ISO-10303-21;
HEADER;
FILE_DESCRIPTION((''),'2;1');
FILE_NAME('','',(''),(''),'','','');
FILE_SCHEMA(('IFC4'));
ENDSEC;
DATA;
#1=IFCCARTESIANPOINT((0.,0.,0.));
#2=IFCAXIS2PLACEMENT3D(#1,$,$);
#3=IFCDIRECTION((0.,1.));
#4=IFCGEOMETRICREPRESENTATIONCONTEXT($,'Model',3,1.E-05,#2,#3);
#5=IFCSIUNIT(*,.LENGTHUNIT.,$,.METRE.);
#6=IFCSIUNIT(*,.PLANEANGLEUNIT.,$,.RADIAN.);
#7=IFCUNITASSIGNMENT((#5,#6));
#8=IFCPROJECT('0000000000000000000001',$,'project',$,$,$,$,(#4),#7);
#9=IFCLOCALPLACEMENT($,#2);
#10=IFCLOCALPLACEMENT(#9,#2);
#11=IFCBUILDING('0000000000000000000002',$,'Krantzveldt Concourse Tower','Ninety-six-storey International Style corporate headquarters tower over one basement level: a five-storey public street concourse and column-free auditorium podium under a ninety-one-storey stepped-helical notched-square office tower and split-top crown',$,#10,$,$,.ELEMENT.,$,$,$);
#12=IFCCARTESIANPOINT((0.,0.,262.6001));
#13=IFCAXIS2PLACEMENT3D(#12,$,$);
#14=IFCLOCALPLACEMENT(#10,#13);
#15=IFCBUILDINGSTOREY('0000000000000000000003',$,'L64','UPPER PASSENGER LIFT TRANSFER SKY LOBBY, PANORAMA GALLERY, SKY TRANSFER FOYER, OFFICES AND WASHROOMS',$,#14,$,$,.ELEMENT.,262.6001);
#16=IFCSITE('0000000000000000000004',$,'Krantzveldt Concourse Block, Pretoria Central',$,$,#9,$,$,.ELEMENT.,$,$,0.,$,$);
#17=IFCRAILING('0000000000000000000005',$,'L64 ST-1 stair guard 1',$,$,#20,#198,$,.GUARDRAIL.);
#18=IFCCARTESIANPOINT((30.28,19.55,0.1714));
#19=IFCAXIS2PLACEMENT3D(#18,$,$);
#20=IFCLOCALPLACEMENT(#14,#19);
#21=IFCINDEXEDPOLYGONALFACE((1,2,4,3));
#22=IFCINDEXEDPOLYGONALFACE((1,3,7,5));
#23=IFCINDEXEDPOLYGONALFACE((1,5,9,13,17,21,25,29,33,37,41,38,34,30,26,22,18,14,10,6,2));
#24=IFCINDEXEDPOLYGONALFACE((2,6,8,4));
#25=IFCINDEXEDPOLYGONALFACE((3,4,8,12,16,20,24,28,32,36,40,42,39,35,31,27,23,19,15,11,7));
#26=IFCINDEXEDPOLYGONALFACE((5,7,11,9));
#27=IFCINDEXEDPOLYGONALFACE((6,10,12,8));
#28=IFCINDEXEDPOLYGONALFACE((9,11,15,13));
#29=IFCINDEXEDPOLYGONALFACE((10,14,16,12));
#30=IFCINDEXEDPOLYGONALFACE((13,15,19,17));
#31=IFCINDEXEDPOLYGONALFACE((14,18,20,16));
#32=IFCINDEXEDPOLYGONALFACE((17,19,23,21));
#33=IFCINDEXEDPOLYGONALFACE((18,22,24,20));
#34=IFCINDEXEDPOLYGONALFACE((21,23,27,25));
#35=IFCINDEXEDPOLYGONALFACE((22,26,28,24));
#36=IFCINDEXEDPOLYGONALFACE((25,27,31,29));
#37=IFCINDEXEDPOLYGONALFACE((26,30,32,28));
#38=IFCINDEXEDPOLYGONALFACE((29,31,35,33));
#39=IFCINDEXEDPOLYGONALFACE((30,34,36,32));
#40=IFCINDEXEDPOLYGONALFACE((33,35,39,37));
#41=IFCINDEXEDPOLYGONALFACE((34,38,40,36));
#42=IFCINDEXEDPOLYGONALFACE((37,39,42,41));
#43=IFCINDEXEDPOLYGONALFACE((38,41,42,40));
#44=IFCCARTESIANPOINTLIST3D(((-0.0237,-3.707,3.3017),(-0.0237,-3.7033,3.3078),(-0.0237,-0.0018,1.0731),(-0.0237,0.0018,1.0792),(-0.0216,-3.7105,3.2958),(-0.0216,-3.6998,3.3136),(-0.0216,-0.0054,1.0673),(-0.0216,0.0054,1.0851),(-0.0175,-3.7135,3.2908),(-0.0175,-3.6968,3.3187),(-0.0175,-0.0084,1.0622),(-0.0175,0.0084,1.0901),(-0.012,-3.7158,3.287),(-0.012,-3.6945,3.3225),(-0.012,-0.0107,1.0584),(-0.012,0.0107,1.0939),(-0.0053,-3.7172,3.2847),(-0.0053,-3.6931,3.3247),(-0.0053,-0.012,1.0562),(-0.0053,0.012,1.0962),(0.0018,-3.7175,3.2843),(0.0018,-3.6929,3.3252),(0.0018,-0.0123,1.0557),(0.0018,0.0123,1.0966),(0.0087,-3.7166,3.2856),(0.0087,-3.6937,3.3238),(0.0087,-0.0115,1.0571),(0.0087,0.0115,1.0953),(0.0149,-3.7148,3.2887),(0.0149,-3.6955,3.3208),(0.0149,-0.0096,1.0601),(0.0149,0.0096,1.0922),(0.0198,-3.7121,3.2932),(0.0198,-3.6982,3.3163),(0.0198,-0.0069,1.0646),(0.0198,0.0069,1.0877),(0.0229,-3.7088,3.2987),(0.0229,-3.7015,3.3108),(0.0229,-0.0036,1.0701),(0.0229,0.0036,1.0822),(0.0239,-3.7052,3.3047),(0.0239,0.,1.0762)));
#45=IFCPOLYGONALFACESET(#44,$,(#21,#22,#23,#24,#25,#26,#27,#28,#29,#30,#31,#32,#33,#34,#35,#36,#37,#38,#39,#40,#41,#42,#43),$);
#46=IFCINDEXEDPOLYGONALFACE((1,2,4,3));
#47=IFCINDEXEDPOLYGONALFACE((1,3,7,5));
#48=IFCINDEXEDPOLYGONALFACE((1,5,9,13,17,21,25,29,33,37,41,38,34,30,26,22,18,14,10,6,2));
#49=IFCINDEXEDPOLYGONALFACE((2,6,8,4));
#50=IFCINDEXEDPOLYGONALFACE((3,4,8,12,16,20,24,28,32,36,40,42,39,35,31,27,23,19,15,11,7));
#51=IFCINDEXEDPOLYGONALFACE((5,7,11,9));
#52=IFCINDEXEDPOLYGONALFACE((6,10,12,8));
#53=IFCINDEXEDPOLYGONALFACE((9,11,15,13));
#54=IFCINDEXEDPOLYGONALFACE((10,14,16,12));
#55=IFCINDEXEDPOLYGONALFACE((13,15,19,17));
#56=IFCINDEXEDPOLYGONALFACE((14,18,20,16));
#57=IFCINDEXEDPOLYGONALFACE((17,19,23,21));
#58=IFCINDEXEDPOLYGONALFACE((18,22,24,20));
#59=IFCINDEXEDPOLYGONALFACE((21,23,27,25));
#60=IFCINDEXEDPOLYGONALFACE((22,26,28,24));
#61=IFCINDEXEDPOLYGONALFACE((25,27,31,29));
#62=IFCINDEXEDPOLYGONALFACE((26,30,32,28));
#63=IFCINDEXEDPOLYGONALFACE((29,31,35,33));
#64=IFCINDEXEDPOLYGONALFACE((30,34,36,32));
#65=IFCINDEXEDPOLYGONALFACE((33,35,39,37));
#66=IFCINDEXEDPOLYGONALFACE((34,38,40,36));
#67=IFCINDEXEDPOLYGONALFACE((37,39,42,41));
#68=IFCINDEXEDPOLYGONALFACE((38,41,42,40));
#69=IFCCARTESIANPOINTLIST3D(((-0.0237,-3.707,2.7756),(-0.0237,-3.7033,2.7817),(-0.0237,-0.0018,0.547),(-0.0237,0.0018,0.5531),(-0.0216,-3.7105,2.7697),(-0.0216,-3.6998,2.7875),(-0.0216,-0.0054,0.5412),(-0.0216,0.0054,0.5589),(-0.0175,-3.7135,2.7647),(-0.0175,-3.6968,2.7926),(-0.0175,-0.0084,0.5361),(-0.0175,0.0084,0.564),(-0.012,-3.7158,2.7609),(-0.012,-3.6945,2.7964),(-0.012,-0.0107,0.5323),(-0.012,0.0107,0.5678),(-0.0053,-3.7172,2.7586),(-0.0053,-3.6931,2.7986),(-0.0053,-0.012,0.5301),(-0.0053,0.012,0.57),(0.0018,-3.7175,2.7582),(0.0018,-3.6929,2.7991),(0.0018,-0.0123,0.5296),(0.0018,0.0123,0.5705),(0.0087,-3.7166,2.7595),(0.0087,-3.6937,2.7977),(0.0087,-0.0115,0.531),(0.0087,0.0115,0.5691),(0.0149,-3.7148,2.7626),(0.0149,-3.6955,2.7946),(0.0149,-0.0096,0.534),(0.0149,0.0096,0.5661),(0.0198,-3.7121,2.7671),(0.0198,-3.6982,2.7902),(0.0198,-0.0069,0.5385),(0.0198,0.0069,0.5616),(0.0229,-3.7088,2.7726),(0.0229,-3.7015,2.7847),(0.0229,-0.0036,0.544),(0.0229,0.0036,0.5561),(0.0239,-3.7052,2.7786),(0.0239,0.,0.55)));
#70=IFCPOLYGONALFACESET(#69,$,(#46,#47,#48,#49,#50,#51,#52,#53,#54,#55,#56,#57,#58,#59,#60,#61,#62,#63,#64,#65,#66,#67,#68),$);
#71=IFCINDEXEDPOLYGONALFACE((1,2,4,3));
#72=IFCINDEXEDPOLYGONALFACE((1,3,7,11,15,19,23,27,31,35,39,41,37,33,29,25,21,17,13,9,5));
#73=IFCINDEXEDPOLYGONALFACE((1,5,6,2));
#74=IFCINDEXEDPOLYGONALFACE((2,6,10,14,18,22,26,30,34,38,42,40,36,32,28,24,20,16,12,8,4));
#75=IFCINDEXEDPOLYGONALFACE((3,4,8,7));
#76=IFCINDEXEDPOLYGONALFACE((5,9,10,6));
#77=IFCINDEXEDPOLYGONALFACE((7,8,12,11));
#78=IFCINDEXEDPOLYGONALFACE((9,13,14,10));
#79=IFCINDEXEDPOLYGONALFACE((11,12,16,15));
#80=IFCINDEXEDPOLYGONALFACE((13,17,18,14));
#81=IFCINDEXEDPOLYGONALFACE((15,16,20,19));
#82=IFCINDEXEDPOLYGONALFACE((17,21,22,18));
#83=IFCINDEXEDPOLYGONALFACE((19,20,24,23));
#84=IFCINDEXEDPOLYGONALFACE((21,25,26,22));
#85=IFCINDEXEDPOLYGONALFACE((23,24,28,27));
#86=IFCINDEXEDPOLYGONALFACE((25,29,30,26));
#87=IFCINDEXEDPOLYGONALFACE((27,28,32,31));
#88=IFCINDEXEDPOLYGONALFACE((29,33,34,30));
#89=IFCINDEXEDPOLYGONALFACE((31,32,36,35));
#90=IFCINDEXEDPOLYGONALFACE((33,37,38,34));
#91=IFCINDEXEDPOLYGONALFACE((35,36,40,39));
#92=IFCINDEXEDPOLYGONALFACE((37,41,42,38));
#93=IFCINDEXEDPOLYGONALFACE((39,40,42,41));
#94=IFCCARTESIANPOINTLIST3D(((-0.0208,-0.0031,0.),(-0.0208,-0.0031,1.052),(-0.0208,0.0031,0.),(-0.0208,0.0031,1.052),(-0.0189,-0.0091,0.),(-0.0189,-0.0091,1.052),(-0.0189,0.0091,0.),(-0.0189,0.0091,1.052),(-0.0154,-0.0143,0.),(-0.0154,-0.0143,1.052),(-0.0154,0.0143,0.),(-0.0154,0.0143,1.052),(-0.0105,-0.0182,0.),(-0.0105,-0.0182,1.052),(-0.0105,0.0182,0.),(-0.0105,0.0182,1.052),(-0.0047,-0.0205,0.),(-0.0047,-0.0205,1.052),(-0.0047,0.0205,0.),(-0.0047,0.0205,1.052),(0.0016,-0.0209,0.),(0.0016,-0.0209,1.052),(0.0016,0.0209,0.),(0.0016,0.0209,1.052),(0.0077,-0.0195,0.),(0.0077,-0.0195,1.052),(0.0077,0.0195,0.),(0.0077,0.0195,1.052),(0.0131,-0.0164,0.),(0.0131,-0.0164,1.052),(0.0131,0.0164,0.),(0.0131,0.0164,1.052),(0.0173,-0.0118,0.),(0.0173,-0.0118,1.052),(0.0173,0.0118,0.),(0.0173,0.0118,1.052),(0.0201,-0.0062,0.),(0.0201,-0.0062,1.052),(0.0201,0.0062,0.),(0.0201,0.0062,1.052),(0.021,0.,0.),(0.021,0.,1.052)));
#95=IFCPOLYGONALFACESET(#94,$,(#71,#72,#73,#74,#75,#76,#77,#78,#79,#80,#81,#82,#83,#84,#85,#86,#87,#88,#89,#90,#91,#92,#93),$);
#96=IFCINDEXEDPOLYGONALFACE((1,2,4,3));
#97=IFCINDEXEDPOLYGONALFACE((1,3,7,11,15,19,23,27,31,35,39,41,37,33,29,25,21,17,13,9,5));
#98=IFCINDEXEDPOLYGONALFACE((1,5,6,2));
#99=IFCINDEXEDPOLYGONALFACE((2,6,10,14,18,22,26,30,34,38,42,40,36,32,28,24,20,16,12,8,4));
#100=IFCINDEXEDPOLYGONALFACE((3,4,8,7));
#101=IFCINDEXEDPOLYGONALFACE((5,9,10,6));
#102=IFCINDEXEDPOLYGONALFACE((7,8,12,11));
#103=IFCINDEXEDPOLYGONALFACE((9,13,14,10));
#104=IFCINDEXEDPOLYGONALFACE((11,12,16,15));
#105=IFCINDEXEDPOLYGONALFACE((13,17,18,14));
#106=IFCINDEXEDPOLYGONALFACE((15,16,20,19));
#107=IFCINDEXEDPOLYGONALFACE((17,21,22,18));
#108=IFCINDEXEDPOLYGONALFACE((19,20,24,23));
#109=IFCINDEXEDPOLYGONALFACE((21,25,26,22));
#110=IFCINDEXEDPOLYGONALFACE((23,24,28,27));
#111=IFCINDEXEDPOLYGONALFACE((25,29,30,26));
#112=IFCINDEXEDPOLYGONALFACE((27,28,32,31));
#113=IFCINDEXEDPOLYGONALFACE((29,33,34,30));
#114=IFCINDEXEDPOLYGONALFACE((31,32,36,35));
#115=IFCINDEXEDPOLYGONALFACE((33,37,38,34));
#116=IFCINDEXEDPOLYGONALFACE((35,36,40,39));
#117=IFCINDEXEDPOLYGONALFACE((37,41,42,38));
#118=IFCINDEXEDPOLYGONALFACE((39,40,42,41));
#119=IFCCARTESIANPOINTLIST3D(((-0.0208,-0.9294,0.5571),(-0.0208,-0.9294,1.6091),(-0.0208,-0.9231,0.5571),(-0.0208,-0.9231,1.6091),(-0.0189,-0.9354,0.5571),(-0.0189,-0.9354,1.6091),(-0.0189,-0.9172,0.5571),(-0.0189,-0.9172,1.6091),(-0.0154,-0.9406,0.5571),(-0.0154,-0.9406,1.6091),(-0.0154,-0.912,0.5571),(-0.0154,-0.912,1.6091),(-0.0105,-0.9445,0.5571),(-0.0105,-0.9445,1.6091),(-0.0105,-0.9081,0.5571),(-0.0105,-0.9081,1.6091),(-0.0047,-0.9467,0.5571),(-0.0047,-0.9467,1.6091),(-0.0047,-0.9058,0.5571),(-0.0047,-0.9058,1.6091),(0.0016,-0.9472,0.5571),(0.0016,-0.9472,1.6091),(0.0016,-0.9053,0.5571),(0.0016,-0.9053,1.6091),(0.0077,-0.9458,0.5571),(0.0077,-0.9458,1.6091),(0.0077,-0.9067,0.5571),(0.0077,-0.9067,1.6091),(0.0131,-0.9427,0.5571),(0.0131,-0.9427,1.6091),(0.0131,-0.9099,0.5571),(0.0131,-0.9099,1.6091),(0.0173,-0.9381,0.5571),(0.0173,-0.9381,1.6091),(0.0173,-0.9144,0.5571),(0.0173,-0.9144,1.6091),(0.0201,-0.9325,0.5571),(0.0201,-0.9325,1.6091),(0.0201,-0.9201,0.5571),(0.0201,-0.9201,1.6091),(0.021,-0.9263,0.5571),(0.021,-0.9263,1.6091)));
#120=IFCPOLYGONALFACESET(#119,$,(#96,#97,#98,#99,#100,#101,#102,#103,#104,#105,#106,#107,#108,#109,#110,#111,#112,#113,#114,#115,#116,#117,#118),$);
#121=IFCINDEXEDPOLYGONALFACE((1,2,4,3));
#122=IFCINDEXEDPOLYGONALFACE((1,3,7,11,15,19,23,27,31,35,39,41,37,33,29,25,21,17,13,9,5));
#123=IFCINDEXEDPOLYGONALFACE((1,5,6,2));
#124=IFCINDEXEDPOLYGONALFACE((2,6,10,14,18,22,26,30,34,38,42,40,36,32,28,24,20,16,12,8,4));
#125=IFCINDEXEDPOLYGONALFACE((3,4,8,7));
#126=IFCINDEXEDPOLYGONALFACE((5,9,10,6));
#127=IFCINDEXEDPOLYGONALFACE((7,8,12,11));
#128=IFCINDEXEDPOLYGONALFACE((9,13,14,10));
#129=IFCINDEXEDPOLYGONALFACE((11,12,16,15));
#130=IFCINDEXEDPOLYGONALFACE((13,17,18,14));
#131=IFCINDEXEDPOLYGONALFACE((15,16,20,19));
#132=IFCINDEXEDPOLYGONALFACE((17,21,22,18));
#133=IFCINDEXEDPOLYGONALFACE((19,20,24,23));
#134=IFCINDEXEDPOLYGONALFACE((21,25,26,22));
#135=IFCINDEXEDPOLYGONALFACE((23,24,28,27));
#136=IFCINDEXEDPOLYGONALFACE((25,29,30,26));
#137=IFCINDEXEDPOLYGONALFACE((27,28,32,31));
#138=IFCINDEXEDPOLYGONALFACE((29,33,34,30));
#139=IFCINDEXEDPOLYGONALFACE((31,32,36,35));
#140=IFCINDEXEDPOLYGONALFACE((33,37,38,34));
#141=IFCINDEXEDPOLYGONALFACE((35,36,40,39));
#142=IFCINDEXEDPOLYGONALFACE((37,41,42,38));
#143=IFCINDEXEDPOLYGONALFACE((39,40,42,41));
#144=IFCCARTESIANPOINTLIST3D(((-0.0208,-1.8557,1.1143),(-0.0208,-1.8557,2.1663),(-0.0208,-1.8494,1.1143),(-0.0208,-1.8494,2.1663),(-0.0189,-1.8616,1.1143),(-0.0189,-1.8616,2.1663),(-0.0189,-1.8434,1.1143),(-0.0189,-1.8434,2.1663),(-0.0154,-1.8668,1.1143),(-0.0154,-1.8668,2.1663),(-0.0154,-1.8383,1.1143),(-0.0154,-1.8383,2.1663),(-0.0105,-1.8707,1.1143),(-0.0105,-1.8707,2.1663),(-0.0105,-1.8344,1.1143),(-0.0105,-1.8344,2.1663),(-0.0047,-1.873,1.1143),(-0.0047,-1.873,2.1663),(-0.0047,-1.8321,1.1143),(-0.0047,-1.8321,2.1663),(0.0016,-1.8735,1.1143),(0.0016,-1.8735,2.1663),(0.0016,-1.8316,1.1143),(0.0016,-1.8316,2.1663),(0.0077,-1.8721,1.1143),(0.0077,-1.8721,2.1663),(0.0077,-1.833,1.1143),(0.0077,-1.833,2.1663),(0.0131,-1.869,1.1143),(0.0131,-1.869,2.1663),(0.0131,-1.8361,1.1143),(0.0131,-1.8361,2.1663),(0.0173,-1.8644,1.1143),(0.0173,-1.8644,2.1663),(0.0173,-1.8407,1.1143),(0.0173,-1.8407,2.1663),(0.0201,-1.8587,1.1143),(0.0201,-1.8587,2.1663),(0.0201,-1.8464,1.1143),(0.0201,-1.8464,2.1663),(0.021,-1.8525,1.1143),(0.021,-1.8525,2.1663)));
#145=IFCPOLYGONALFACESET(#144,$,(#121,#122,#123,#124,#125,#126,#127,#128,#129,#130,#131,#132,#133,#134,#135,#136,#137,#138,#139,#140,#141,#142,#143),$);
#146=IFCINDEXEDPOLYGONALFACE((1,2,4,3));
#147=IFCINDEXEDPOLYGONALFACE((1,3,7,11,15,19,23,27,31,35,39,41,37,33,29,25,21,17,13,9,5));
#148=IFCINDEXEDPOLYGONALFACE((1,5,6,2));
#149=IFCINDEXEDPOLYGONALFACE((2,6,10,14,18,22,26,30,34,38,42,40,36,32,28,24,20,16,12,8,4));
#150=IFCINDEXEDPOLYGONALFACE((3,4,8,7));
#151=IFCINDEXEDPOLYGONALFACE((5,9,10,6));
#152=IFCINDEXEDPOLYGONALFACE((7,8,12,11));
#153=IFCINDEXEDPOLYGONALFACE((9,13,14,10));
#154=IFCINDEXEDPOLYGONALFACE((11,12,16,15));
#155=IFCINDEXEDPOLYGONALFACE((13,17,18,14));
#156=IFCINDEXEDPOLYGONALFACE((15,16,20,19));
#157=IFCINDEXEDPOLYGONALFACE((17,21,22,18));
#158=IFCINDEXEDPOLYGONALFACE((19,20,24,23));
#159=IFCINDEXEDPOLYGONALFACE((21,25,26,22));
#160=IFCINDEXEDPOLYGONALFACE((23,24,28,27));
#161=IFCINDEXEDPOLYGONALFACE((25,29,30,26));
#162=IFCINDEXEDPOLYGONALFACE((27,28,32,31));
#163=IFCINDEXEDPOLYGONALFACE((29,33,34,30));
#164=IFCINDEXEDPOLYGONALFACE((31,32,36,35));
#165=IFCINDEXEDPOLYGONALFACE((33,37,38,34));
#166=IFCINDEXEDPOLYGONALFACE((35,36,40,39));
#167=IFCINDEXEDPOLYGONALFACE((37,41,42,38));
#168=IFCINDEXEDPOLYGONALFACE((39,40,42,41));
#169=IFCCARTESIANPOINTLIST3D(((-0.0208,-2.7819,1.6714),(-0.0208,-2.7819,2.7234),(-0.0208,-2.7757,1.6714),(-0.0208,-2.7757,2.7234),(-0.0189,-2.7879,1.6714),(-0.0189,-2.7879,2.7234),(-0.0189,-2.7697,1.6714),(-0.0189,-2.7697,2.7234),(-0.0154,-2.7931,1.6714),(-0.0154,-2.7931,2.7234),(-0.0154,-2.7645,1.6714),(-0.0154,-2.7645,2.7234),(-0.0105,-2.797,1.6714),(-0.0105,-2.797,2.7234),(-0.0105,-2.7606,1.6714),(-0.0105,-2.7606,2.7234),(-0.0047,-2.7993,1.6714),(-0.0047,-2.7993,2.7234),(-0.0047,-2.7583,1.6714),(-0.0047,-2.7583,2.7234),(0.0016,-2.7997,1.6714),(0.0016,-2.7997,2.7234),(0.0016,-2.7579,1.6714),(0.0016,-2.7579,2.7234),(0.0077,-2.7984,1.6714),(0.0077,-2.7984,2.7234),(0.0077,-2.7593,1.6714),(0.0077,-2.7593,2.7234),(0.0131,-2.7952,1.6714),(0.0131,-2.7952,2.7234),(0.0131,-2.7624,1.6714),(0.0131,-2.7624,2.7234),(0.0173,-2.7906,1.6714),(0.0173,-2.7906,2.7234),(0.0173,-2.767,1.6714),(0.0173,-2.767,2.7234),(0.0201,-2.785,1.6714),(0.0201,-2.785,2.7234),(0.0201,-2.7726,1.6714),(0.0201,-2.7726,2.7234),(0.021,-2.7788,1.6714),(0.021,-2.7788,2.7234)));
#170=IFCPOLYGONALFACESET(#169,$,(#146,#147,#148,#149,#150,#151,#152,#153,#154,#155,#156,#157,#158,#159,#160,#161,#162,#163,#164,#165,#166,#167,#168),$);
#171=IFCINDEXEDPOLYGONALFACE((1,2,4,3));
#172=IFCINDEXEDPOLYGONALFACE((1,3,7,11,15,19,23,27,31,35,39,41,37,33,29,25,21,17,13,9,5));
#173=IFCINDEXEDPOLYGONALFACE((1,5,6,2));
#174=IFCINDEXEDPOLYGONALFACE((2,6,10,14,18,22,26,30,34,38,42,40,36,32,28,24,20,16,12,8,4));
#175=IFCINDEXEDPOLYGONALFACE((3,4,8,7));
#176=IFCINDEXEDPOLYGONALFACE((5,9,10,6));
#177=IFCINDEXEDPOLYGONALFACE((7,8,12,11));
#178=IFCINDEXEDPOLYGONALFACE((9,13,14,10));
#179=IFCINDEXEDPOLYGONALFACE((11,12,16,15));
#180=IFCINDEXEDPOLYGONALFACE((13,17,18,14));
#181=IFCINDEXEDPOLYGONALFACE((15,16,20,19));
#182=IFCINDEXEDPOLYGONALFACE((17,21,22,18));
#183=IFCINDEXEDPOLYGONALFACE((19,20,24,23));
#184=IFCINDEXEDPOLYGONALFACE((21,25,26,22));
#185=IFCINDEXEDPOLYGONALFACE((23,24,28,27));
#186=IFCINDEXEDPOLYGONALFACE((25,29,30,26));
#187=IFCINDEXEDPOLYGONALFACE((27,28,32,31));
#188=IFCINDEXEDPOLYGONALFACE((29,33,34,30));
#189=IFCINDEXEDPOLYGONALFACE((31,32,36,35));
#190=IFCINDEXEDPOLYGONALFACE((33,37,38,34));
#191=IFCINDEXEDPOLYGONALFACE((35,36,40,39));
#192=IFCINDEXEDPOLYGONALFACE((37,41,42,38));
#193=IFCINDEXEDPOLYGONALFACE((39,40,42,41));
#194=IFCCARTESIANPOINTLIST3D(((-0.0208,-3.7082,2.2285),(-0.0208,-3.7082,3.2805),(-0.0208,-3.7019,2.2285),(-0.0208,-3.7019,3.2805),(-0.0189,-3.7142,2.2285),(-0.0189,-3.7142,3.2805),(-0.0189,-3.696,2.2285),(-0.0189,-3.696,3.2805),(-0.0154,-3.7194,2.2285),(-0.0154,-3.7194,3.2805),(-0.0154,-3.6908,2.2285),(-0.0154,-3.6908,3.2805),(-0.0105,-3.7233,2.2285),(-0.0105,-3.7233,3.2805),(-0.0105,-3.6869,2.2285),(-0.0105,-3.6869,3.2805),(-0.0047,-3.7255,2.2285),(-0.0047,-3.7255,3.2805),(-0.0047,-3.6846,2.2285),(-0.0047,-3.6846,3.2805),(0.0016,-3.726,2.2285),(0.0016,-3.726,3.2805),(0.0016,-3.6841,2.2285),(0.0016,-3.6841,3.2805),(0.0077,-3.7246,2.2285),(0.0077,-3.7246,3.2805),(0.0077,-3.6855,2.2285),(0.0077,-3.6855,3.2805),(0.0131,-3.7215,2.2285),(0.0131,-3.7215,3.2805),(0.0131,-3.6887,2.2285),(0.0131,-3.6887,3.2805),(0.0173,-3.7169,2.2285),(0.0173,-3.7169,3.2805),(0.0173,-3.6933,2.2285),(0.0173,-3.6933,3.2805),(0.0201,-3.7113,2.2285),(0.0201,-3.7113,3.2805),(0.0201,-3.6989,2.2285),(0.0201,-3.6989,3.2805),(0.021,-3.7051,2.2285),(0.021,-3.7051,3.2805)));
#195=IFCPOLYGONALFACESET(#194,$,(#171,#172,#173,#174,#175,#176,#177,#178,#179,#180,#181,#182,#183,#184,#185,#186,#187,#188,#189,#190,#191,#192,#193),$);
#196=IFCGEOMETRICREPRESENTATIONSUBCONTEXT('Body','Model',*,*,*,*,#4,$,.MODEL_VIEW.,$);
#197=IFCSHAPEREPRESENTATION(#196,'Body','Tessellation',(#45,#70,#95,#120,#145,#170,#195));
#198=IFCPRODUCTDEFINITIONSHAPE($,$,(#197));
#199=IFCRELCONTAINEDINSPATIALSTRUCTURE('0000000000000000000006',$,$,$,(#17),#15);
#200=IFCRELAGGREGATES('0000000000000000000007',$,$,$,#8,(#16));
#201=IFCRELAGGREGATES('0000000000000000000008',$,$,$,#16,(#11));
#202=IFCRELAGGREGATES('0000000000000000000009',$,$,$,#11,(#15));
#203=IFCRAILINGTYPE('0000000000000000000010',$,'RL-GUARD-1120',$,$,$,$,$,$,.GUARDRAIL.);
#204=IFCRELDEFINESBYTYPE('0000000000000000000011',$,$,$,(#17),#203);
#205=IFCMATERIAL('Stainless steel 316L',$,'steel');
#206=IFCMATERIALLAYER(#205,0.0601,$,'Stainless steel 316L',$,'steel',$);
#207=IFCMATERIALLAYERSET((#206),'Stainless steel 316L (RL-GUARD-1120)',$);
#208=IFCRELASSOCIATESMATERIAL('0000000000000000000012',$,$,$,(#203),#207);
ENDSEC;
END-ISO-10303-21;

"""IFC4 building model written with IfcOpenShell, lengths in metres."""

from ifc_helpers import new_model, si_unit, direction, frame, origin, origin_2d, place, context, subcontext, project, spatial, circle, extrude, material, layer, layer_set, type_object, element, save


model = new_model("IFC4")

# Units and contexts
model_context = context("Model", 3, precision=1e-05, world=origin(), true_north=direction((0.0, 1.0)))
body_context = subcontext(model_context, "Body", "Model", "MODEL_VIEW")
ifc_project = project(units=[si_unit("LENGTHUNIT", "METRE"), si_unit("PLANEANGLEUNIT", "RADIAN")], contexts=[model_context])

# Site, building, storey
site_placement = place(None, origin())
site = spatial("IfcSite", under=ifc_project, at=site_placement, Name="Krantzveldt Concourse Block, Pretoria Central", CompositionType="ELEMENT", RefElevation=0.0)
building_placement = place(site_placement, origin())
building = spatial("IfcBuilding", under=site, at=building_placement, Name="Krantzveldt Concourse Tower", Description="Ninety-six-storey International Style corporate headquarters tower over one basement level: a five-storey public street concourse and column-free auditorium podium under a ninety-one-storey stepped-helical notched-square office tower and split-top crown", CompositionType="ELEMENT")
storey_placement = place(building_placement, frame((0.0, 0.0, 262.6001)))
storey = spatial("IfcBuildingStorey", under=building, at=storey_placement, Name="L64", Description="UPPER PASSENGER LIFT TRANSFER SKY LOBBY, PANORAMA GALLERY, SKY TRANSFER FOYER, OFFICES AND WASHROOMS", CompositionType="ELEMENT", Elevation=262.6001)

# Shared definitions
ifc_material_1 = material(Name="Stainless steel 316L", Category="steel")

# Railing
ifc_layer_1 = layer(ifc_material_1, 0.0601, Name="Stainless steel 316L", Category="steel")
ifc_layer_set_1 = layer_set([ifc_layer_1], Name="Stainless steel 316L (RL-GUARD-1120)")
railing_type_1 = type_object("IfcRailingType", Name="RL-GUARD-1120", PredefinedType="GUARDRAIL", material=ifc_layer_set_1)
railing_1_placement = place(storey_placement, frame((30.28, 19.55, 0.1714)))
element("IfcRailing", 1, at=railing_1_placement, inside=storey, type_object=railing_type_1, Name="L64 ST-1 stair guard 1", PredefinedType="GUARDRAIL", context=body_context, shape_type="SweptSolid", body=[
    extrude(circle(Radius=0.0239, at=origin_2d()), frame((0.0, 0.0, 1.0762), z_axis=(0.0, -0.856934, 0.515425), x_axis=(1.0, 0.0, 0.0)), (0.0, 0.0, 1.0), 4.3237),
    extrude(circle(Radius=0.0239, at=origin_2d()), frame((0.0, 0.0, 0.55), z_axis=(0.0, -0.856934, 0.515425), x_axis=(1.0, 0.0, 0.0)), (0.0, 0.0, 1.0), 4.3237),
    extrude(circle(Radius=0.021, at=origin_2d()), origin(), (0.0, 0.0, 1.0), 1.052),
    extrude(circle(Radius=0.021, at=origin_2d()), frame((0.0, -0.9263, 0.5571)), (0.0, 0.0, 1.0), 1.052),
    extrude(circle(Radius=0.021, at=origin_2d()), frame((0.0, -1.8525, 1.1143)), (0.0, 0.0, 1.0), 1.052),
    extrude(circle(Radius=0.021, at=origin_2d()), frame((0.0, -2.7788, 1.6714)), (0.0, 0.0, 1.0), 1.052),
    extrude(circle(Radius=0.021, at=origin_2d()), frame((0.0, -3.7051, 2.2285)), (0.0, 0.0, 1.0), 1.052),
])

save(model, "model.ifc")
